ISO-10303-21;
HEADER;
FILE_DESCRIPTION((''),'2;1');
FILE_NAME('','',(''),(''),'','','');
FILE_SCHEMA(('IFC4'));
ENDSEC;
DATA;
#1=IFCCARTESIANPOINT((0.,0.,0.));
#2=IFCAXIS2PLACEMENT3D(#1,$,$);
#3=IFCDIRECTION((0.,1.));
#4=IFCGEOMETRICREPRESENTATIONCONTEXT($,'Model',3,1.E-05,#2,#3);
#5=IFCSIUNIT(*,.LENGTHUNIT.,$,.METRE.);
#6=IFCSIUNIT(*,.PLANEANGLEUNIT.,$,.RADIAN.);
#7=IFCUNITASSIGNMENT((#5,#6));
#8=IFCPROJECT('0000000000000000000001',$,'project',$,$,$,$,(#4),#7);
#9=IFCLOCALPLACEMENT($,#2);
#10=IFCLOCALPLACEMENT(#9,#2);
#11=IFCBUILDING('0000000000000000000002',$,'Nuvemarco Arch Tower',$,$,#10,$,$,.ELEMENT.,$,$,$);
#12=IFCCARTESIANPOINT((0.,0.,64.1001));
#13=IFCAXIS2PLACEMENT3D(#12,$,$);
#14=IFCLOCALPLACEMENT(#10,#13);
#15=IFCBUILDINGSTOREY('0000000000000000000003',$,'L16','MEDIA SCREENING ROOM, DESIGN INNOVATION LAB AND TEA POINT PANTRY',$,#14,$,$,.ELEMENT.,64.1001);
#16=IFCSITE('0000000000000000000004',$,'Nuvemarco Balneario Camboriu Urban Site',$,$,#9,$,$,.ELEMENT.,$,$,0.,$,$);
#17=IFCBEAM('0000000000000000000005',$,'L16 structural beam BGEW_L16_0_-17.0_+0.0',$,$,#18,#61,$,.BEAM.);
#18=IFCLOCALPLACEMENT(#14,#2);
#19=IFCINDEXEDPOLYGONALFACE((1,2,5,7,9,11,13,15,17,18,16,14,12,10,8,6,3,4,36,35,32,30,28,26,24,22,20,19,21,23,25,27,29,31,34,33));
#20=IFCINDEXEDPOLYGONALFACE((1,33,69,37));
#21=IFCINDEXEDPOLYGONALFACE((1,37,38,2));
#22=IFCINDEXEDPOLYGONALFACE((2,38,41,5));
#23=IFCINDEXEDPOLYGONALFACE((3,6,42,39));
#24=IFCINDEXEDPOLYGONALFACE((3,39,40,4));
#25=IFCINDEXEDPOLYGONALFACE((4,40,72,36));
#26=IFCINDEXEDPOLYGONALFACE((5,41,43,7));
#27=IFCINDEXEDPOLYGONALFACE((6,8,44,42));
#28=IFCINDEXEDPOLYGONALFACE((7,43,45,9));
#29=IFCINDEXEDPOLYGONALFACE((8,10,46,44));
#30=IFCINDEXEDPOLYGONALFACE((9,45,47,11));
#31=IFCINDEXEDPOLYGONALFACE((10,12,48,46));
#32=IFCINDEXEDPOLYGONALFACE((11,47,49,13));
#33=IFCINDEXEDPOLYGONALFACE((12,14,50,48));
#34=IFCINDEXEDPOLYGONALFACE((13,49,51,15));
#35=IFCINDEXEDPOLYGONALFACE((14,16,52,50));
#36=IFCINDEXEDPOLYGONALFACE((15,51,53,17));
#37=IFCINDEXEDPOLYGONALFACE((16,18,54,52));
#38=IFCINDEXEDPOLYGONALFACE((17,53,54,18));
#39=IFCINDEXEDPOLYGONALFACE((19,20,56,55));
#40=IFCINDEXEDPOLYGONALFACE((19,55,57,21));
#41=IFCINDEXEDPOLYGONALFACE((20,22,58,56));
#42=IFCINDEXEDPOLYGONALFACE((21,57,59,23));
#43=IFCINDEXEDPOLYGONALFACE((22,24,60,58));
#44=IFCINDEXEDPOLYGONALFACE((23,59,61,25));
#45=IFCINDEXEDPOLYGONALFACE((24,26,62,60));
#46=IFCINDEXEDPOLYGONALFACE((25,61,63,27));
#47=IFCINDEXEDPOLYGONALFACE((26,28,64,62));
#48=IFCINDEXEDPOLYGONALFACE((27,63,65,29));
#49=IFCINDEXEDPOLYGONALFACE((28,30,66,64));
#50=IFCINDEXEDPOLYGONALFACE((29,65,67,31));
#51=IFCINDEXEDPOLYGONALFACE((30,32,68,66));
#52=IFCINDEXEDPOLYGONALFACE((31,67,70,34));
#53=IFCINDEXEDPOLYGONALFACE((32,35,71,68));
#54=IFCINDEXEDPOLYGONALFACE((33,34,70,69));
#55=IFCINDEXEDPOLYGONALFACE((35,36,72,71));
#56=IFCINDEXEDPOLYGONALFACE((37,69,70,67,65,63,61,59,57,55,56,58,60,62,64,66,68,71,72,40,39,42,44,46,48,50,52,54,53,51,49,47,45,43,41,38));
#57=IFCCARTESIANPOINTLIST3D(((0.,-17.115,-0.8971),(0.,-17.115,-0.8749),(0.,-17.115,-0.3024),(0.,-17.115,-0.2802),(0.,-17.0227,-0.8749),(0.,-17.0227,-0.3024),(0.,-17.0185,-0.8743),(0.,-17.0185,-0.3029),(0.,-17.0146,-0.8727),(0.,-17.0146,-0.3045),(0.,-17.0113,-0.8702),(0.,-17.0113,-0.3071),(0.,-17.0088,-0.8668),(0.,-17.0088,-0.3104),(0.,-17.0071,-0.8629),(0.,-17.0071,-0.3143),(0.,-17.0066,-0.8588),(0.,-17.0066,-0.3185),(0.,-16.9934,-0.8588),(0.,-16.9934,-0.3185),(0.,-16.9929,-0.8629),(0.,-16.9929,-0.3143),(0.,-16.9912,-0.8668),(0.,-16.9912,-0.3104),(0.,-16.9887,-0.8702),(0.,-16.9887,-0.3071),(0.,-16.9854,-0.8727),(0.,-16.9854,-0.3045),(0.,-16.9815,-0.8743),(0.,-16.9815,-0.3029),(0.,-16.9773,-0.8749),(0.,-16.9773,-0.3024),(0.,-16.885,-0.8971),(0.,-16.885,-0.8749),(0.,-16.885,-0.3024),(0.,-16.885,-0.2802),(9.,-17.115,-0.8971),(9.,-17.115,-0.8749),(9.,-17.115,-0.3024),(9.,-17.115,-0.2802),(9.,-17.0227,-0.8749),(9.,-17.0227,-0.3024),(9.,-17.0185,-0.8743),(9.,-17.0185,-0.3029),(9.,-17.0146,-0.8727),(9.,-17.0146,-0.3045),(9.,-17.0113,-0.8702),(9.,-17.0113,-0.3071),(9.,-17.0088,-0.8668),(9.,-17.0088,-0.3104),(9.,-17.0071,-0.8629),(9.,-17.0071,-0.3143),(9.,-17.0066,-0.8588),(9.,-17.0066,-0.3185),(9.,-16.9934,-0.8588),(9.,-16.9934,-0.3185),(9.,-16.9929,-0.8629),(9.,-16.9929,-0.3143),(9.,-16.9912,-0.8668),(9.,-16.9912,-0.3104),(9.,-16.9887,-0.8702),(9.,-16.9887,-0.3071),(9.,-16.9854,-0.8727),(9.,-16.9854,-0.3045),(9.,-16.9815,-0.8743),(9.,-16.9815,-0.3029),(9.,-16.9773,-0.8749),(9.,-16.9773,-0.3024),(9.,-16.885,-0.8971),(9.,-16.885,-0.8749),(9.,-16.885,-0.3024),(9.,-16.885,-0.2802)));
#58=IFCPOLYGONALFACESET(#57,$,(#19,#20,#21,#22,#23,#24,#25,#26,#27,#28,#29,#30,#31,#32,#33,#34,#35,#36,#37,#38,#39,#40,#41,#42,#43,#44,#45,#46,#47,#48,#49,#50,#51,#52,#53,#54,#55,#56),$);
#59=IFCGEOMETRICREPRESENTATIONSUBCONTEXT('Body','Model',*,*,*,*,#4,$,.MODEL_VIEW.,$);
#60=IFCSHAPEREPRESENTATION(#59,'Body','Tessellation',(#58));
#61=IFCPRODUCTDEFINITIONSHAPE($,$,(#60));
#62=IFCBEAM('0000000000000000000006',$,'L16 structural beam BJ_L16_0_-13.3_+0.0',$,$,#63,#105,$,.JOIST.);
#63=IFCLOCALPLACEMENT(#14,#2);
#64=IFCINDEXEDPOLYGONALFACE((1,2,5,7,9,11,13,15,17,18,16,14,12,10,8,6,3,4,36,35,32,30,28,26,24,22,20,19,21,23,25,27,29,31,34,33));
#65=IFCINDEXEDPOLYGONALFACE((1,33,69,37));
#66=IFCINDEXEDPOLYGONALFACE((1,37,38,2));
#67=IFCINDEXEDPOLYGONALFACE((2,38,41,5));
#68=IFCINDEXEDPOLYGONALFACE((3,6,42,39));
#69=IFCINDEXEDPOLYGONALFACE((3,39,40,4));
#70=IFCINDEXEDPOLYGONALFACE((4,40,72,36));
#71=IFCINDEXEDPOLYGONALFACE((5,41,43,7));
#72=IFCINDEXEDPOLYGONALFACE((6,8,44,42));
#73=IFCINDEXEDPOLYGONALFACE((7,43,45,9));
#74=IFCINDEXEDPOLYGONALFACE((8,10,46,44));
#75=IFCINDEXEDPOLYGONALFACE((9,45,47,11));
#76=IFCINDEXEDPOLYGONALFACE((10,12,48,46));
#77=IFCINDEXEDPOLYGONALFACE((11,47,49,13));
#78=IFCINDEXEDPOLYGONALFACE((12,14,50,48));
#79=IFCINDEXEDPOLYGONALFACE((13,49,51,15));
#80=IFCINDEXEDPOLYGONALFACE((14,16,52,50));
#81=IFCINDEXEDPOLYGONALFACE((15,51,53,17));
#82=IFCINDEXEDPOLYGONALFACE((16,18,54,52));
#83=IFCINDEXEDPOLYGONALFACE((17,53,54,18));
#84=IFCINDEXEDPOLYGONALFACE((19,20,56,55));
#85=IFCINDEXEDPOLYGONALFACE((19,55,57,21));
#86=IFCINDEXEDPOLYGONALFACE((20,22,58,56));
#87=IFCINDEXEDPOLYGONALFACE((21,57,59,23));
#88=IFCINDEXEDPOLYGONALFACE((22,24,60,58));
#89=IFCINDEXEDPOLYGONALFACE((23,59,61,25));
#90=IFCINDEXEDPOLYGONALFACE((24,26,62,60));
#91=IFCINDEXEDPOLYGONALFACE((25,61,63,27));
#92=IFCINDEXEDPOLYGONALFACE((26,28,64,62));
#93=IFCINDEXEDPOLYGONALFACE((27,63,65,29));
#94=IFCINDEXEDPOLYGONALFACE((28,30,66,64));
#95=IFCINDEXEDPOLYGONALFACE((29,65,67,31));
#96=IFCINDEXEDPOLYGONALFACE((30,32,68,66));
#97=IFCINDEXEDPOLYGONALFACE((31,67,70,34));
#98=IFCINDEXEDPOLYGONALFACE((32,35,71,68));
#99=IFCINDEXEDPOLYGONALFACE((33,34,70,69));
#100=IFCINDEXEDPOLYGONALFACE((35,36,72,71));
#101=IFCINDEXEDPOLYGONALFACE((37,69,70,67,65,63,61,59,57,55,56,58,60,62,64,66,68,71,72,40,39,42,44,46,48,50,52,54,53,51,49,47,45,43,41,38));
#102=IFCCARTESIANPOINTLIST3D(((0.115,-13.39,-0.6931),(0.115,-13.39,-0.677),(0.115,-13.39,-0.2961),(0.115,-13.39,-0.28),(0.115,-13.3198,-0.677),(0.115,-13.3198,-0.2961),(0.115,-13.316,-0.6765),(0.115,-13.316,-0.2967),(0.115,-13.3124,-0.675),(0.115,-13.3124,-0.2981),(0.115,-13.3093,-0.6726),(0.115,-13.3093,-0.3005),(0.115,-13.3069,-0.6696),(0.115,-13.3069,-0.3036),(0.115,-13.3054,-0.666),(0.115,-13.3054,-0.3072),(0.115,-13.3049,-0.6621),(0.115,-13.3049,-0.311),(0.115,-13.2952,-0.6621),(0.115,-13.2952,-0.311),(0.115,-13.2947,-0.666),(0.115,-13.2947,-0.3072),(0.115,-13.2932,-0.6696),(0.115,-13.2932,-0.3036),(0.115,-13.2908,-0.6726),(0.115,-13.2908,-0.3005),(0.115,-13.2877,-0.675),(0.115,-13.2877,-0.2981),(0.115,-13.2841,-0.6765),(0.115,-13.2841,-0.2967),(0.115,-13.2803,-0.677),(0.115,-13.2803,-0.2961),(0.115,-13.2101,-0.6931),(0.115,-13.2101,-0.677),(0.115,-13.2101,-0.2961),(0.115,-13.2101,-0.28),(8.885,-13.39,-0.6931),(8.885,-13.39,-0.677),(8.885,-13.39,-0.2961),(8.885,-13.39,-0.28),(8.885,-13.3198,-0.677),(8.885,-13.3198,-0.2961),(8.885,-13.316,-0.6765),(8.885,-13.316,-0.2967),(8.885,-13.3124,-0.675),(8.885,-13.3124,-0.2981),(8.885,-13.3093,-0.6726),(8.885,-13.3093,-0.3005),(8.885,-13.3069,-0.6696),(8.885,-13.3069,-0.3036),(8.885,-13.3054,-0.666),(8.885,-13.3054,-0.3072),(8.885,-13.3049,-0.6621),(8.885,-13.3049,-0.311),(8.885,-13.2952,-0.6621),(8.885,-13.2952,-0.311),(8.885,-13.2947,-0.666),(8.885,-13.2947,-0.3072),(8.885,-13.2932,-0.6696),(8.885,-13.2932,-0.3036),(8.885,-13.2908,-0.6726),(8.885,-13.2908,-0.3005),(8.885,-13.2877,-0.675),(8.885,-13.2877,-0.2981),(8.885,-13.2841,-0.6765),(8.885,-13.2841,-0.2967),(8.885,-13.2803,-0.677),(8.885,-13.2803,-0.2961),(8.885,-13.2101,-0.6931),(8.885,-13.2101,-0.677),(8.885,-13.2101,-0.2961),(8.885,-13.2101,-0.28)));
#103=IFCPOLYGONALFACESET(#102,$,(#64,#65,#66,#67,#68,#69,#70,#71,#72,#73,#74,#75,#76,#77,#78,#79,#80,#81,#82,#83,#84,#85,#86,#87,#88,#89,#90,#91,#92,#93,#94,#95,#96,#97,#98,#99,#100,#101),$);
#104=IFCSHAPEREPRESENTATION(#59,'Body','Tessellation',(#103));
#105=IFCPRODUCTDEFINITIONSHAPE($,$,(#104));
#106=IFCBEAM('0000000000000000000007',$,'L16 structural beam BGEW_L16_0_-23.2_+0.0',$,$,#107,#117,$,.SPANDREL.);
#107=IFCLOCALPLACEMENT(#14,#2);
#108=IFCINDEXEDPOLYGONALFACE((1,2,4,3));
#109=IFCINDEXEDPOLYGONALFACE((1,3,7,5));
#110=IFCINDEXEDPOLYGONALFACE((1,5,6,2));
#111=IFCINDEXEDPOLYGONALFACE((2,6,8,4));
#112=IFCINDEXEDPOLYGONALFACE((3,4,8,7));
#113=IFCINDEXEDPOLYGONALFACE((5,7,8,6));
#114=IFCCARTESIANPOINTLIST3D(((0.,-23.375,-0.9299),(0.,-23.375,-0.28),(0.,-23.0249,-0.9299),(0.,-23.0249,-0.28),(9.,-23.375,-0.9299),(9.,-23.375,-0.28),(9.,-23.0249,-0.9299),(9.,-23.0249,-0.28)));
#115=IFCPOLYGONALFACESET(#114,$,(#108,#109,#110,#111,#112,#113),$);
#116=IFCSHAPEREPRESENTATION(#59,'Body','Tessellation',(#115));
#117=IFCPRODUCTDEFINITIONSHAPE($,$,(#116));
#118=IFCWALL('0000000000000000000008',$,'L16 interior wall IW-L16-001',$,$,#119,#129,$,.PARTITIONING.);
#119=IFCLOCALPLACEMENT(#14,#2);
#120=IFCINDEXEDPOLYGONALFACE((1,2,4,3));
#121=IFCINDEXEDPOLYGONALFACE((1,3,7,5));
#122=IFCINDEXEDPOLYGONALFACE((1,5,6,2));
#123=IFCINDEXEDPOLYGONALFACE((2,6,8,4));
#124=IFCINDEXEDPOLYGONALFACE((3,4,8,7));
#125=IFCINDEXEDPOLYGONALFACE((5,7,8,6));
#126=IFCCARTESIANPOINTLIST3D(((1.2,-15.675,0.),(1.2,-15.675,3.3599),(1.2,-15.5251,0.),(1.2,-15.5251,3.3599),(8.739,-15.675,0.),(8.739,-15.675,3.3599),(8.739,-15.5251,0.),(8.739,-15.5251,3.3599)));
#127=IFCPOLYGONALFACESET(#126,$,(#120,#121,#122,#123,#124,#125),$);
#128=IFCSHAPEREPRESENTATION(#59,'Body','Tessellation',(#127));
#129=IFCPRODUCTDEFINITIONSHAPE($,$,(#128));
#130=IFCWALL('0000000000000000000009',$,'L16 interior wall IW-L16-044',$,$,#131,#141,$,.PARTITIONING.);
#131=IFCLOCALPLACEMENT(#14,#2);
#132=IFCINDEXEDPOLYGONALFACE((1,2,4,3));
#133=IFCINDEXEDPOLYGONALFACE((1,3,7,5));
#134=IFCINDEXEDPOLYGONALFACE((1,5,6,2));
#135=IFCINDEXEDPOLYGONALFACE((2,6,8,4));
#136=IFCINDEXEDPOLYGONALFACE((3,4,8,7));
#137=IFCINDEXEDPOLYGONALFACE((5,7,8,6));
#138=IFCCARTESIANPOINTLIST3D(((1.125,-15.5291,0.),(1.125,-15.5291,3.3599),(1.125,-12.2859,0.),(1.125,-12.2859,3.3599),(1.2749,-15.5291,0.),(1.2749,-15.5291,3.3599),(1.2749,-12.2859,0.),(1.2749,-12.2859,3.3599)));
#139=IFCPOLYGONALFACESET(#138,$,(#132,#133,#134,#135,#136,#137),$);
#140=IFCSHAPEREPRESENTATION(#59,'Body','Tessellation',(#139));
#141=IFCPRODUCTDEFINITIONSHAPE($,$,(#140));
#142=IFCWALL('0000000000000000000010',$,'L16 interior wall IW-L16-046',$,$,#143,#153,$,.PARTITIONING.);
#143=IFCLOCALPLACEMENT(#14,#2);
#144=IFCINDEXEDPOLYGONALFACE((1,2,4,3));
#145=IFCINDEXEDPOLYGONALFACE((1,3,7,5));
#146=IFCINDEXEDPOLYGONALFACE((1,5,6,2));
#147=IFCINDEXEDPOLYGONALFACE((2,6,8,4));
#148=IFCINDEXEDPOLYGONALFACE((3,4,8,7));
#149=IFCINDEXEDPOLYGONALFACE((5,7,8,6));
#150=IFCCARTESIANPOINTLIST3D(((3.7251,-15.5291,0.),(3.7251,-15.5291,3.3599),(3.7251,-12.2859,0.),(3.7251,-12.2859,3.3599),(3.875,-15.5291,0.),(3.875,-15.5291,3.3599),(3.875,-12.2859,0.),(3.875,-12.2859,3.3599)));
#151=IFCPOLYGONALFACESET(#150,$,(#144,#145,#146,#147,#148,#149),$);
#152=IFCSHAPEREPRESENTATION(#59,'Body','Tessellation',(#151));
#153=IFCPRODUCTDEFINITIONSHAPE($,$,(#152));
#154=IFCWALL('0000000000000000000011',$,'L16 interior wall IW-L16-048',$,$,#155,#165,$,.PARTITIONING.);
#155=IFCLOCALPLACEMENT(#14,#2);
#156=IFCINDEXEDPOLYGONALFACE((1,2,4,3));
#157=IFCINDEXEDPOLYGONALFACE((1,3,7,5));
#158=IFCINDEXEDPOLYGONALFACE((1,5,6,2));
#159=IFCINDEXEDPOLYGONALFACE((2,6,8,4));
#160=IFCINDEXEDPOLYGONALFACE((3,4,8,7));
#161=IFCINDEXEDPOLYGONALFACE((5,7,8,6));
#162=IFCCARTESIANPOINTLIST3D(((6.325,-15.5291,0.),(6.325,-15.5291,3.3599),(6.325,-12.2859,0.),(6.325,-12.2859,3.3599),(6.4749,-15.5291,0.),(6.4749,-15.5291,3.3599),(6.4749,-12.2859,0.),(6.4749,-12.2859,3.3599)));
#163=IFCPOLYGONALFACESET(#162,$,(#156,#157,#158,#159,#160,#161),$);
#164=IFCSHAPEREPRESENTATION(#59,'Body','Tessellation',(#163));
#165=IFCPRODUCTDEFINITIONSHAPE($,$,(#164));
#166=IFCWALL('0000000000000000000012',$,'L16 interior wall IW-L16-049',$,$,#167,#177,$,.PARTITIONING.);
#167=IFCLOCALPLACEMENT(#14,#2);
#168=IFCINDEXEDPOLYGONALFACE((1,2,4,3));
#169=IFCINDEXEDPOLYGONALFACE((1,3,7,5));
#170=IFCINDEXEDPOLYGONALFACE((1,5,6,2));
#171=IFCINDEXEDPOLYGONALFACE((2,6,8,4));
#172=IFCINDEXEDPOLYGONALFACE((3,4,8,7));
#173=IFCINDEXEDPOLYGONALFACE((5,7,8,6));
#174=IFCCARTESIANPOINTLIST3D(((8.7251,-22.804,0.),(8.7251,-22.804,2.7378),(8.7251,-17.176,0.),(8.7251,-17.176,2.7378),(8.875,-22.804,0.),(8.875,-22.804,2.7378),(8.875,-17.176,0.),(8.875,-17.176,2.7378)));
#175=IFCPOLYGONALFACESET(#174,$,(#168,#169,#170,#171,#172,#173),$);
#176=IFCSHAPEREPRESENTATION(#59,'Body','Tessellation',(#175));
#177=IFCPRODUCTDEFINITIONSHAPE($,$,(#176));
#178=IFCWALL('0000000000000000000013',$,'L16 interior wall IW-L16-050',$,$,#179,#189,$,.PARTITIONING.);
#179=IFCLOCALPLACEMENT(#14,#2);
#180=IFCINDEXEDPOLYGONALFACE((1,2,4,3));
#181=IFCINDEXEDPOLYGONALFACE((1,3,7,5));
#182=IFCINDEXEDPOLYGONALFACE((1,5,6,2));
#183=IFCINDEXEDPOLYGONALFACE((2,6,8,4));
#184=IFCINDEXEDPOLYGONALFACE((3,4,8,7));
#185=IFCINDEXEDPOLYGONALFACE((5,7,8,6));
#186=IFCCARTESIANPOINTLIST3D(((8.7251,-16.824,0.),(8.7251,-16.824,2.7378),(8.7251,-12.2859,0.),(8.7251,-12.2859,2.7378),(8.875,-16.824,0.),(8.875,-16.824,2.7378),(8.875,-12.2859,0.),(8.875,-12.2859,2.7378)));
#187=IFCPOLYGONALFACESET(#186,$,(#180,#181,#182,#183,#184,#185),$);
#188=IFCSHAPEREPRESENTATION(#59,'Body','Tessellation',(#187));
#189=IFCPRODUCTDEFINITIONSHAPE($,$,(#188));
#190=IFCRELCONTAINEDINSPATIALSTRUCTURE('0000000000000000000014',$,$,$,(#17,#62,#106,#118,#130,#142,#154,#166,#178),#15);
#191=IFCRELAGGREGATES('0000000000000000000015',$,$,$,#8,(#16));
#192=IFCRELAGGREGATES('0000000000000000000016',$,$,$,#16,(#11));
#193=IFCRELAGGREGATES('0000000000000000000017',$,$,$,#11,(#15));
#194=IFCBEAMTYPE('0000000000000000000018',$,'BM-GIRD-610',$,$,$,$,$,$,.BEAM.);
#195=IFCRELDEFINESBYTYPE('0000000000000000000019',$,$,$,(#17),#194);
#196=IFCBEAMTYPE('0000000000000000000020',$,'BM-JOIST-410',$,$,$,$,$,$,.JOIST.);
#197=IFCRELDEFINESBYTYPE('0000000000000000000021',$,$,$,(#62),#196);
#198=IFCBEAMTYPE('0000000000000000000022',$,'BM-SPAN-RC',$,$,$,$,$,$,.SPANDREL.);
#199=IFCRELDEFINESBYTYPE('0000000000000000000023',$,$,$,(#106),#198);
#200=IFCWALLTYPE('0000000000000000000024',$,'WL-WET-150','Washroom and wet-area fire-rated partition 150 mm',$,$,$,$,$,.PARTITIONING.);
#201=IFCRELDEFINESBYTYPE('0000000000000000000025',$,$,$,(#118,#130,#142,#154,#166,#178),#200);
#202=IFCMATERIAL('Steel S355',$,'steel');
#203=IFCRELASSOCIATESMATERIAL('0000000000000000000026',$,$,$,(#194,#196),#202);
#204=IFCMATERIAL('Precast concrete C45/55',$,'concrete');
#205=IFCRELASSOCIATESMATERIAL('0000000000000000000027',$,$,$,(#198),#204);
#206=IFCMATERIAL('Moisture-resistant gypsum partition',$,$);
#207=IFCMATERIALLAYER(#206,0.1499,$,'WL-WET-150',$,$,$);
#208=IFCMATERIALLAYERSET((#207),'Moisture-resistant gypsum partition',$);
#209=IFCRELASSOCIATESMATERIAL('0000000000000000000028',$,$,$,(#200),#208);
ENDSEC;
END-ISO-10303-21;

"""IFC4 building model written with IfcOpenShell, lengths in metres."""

from ifc_helpers import new_model, si_unit, direction, frame, frame_2d, origin, origin_2d, place, context, subcontext, project, spatial, rectangle, i_section, extrude, material, layer, layer_set, material_profile, profile_set, type_object, element, save


model = new_model("IFC4")

# Units and contexts
model_context = context("Model", 3, precision=1e-05, world=origin(), true_north=direction((0.0, 1.0)))
body_context = subcontext(model_context, "Body", "Model", "MODEL_VIEW")
ifc_project = project(units=[si_unit("LENGTHUNIT", "METRE"), si_unit("PLANEANGLEUNIT", "RADIAN")], contexts=[model_context])

# Site, building, storey
site_placement = place(None, origin())
site = spatial("IfcSite", under=ifc_project, at=site_placement, Name="Nuvemarco Balneario Camboriu Urban Site", CompositionType="ELEMENT", RefElevation=0.0)
building_placement = place(site_placement, origin())
building = spatial("IfcBuilding", under=site, at=building_placement, Name="Nuvemarco Arch Tower", CompositionType="ELEMENT")
storey_placement = place(building_placement, frame((0.0, 0.0, 64.1001)))
storey = spatial("IfcBuildingStorey", under=building, at=storey_placement, Name="L16", Description="MEDIA SCREENING ROOM, DESIGN INNOVATION LAB AND TEA POINT PANTRY", CompositionType="ELEMENT", Elevation=64.1001)

# Shared definitions
ifc_material_1 = material(Name="Steel S355", Category="steel")

# Beams
ifc_material_profile_1 = material_profile(ifc_material_1, i_section(OverallWidth=0.23, OverallDepth=0.6169, WebThickness=0.0132, FlangeThickness=0.0222, FilletRadius=0.0161, at=origin_2d()), Name="W610x140")
ifc_profile_set_1 = profile_set([ifc_material_profile_1], Name="Steel S355")
beam_type_1 = type_object("IfcBeamType", Name="BM-GIRD-610", PredefinedType="BEAM", material=ifc_profile_set_1)
beam_1_placement = place(storey_placement, frame((0.0, -17.0, -0.5886), z_axis=(1.0, 0.0, 0.0), x_axis=(0.0, 1.0, 0.0)))
element("IfcBeam", 1, at=beam_1_placement, inside=storey, type_object=beam_type_1, Name="L16 structural beam BGEW_L16_0_-17.0_+0.0", PredefinedType="BEAM", context=body_context, shape_type="SweptSolid", body=[
    extrude(i_section(OverallWidth=0.23, OverallDepth=0.6169, WebThickness=0.0132, FlangeThickness=0.0222, FilletRadius=0.0161, at=origin_2d()), origin(), (0.0, 0.0, 1.0), 9.0),
])
ifc_material_profile_2 = material_profile(ifc_material_1, i_section(OverallWidth=0.1799, OverallDepth=0.4131, WebThickness=0.0098, FlangeThickness=0.0161, FilletRadius=0.0149, at=origin_2d()), Name="W410x75")
ifc_profile_set_2 = profile_set([ifc_material_profile_2], Name="Steel S355")
beam_type_2 = type_object("IfcBeamType", Name="BM-JOIST-410", PredefinedType="JOIST", material=ifc_profile_set_2)
beam_2_placement = place(storey_placement, frame((0.115, -13.3, -0.4866), z_axis=(1.0, 0.0, 0.0), x_axis=(0.0, 1.0, 0.0)))
element("IfcBeam", 2, at=beam_2_placement, inside=storey, type_object=beam_type_2, Name="L16 structural beam BJ_L16_0_-13.3_+0.0", PredefinedType="JOIST", context=body_context, shape_type="SweptSolid", body=[
    extrude(i_section(OverallWidth=0.1799, OverallDepth=0.4131, WebThickness=0.0098, FlangeThickness=0.0161, FilletRadius=0.0149, at=origin_2d()), origin(), (0.0, 0.0, 1.0), 8.77),
])
ifc_material_2 = material(Name="Precast concrete C45/55", Category="concrete")
ifc_material_profile_3 = material_profile(ifc_material_2, rectangle(XDim=0.3501, YDim=0.6499, at=origin_2d()), Name="PC-SP-350x650")
ifc_profile_set_3 = profile_set([ifc_material_profile_3], Name="Precast concrete C45/55")
beam_type_3 = type_object("IfcBeamType", Name="BM-SPAN-RC", PredefinedType="SPANDREL", material=ifc_profile_set_3)
beam_3_placement = place(storey_placement, frame((0.0, -23.2, -0.605), z_axis=(1.0, 0.0, 0.0), x_axis=(0.0, 1.0, 0.0)))
element("IfcBeam", 3, at=beam_3_placement, inside=storey, type_object=beam_type_3, Name="L16 structural beam BGEW_L16_0_-23.2_+0.0", PredefinedType="SPANDREL", context=body_context, shape_type="SweptSolid", body=[
    extrude(rectangle(XDim=0.3501, YDim=0.6499, at=origin_2d()), origin(), (0.0, 0.0, 1.0), 9.0),
])

# Walls
ifc_material_3 = material(Name="Moisture-resistant gypsum partition")
ifc_layer_1 = layer(ifc_material_3, 0.1499, Name="WL-WET-150")
ifc_layer_set_1 = layer_set([ifc_layer_1], Name="Moisture-resistant gypsum partition")
wall_type = type_object("IfcWallType", Name="WL-WET-150", Description="Washroom and wet-area fire-rated partition 150 mm", PredefinedType="PARTITIONING", material=ifc_layer_set_1)
wall_1_placement = place(storey_placement, frame((1.2, -15.6001, 0.0), z_axis=(0.0, 0.0, 1.0), x_axis=(1.0, 0.0, 0.0)))
element("IfcWall", 4, at=wall_1_placement, inside=storey, type_object=wall_type, Name="L16 interior wall IW-L16-001", PredefinedType="PARTITIONING", context=body_context, shape_type="SweptSolid", body=[
    extrude(rectangle(XDim=7.5391, YDim=0.1499, at=frame_2d((3.7695, 0.0))), origin(), (0.0, 0.0, 1.0), 3.3599),
])
for number, where, z_axis, x_axis, name in (
    (5, (1.2, -15.5291, 0.0), (0.0, 0.0, 1.0), (0.0, 1.0, 0.0), "L16 interior wall IW-L16-044"),
    (6, (3.8, -15.5291, 0.0), (0.0, 0.0, 1.0), (0.0, 1.0, 0.0), "L16 interior wall IW-L16-046"),
    (7, (6.3999, -15.5291, 0.0), (0.0, 0.0, 1.0), (0.0, 1.0, 0.0), "L16 interior wall IW-L16-048"),
):
    element("IfcWall", number, at=place(storey_placement, frame(where, z_axis=z_axis, x_axis=x_axis)), inside=storey, type_object=wall_type, Name=name, PredefinedType="PARTITIONING", context=body_context, shape_type="SweptSolid", body=[
        extrude(rectangle(XDim=3.2432, YDim=0.1499, at=frame_2d((1.6216, 0.0))), origin(), (0.0, 0.0, 1.0), 3.3599),
    ])
wall_2_placement = place(storey_placement, frame((8.8, -22.804, 0.0), z_axis=(0.0, 0.0, 1.0), x_axis=(0.0, 1.0, 0.0)))
element("IfcWall", 8, at=wall_2_placement, inside=storey, type_object=wall_type, Name="L16 interior wall IW-L16-049", PredefinedType="PARTITIONING", context=body_context, shape_type="SweptSolid", body=[
    extrude(rectangle(XDim=5.6279, YDim=0.1499, at=frame_2d((2.814, 0.0))), origin(), (0.0, 0.0, 1.0), 2.7378),
])
wall_3_placement = place(storey_placement, frame((8.8, -16.824, 0.0), z_axis=(0.0, 0.0, 1.0), x_axis=(0.0, 1.0, 0.0)))
element("IfcWall", 9, at=wall_3_placement, inside=storey, type_object=wall_type, Name="L16 interior wall IW-L16-050", PredefinedType="PARTITIONING", context=body_context, shape_type="SweptSolid", body=[
    extrude(rectangle(XDim=4.5381, YDim=0.1499, at=frame_2d((2.269, 0.0))), origin(), (0.0, 0.0, 1.0), 2.7378),
])

save(model, "model.ifc")
